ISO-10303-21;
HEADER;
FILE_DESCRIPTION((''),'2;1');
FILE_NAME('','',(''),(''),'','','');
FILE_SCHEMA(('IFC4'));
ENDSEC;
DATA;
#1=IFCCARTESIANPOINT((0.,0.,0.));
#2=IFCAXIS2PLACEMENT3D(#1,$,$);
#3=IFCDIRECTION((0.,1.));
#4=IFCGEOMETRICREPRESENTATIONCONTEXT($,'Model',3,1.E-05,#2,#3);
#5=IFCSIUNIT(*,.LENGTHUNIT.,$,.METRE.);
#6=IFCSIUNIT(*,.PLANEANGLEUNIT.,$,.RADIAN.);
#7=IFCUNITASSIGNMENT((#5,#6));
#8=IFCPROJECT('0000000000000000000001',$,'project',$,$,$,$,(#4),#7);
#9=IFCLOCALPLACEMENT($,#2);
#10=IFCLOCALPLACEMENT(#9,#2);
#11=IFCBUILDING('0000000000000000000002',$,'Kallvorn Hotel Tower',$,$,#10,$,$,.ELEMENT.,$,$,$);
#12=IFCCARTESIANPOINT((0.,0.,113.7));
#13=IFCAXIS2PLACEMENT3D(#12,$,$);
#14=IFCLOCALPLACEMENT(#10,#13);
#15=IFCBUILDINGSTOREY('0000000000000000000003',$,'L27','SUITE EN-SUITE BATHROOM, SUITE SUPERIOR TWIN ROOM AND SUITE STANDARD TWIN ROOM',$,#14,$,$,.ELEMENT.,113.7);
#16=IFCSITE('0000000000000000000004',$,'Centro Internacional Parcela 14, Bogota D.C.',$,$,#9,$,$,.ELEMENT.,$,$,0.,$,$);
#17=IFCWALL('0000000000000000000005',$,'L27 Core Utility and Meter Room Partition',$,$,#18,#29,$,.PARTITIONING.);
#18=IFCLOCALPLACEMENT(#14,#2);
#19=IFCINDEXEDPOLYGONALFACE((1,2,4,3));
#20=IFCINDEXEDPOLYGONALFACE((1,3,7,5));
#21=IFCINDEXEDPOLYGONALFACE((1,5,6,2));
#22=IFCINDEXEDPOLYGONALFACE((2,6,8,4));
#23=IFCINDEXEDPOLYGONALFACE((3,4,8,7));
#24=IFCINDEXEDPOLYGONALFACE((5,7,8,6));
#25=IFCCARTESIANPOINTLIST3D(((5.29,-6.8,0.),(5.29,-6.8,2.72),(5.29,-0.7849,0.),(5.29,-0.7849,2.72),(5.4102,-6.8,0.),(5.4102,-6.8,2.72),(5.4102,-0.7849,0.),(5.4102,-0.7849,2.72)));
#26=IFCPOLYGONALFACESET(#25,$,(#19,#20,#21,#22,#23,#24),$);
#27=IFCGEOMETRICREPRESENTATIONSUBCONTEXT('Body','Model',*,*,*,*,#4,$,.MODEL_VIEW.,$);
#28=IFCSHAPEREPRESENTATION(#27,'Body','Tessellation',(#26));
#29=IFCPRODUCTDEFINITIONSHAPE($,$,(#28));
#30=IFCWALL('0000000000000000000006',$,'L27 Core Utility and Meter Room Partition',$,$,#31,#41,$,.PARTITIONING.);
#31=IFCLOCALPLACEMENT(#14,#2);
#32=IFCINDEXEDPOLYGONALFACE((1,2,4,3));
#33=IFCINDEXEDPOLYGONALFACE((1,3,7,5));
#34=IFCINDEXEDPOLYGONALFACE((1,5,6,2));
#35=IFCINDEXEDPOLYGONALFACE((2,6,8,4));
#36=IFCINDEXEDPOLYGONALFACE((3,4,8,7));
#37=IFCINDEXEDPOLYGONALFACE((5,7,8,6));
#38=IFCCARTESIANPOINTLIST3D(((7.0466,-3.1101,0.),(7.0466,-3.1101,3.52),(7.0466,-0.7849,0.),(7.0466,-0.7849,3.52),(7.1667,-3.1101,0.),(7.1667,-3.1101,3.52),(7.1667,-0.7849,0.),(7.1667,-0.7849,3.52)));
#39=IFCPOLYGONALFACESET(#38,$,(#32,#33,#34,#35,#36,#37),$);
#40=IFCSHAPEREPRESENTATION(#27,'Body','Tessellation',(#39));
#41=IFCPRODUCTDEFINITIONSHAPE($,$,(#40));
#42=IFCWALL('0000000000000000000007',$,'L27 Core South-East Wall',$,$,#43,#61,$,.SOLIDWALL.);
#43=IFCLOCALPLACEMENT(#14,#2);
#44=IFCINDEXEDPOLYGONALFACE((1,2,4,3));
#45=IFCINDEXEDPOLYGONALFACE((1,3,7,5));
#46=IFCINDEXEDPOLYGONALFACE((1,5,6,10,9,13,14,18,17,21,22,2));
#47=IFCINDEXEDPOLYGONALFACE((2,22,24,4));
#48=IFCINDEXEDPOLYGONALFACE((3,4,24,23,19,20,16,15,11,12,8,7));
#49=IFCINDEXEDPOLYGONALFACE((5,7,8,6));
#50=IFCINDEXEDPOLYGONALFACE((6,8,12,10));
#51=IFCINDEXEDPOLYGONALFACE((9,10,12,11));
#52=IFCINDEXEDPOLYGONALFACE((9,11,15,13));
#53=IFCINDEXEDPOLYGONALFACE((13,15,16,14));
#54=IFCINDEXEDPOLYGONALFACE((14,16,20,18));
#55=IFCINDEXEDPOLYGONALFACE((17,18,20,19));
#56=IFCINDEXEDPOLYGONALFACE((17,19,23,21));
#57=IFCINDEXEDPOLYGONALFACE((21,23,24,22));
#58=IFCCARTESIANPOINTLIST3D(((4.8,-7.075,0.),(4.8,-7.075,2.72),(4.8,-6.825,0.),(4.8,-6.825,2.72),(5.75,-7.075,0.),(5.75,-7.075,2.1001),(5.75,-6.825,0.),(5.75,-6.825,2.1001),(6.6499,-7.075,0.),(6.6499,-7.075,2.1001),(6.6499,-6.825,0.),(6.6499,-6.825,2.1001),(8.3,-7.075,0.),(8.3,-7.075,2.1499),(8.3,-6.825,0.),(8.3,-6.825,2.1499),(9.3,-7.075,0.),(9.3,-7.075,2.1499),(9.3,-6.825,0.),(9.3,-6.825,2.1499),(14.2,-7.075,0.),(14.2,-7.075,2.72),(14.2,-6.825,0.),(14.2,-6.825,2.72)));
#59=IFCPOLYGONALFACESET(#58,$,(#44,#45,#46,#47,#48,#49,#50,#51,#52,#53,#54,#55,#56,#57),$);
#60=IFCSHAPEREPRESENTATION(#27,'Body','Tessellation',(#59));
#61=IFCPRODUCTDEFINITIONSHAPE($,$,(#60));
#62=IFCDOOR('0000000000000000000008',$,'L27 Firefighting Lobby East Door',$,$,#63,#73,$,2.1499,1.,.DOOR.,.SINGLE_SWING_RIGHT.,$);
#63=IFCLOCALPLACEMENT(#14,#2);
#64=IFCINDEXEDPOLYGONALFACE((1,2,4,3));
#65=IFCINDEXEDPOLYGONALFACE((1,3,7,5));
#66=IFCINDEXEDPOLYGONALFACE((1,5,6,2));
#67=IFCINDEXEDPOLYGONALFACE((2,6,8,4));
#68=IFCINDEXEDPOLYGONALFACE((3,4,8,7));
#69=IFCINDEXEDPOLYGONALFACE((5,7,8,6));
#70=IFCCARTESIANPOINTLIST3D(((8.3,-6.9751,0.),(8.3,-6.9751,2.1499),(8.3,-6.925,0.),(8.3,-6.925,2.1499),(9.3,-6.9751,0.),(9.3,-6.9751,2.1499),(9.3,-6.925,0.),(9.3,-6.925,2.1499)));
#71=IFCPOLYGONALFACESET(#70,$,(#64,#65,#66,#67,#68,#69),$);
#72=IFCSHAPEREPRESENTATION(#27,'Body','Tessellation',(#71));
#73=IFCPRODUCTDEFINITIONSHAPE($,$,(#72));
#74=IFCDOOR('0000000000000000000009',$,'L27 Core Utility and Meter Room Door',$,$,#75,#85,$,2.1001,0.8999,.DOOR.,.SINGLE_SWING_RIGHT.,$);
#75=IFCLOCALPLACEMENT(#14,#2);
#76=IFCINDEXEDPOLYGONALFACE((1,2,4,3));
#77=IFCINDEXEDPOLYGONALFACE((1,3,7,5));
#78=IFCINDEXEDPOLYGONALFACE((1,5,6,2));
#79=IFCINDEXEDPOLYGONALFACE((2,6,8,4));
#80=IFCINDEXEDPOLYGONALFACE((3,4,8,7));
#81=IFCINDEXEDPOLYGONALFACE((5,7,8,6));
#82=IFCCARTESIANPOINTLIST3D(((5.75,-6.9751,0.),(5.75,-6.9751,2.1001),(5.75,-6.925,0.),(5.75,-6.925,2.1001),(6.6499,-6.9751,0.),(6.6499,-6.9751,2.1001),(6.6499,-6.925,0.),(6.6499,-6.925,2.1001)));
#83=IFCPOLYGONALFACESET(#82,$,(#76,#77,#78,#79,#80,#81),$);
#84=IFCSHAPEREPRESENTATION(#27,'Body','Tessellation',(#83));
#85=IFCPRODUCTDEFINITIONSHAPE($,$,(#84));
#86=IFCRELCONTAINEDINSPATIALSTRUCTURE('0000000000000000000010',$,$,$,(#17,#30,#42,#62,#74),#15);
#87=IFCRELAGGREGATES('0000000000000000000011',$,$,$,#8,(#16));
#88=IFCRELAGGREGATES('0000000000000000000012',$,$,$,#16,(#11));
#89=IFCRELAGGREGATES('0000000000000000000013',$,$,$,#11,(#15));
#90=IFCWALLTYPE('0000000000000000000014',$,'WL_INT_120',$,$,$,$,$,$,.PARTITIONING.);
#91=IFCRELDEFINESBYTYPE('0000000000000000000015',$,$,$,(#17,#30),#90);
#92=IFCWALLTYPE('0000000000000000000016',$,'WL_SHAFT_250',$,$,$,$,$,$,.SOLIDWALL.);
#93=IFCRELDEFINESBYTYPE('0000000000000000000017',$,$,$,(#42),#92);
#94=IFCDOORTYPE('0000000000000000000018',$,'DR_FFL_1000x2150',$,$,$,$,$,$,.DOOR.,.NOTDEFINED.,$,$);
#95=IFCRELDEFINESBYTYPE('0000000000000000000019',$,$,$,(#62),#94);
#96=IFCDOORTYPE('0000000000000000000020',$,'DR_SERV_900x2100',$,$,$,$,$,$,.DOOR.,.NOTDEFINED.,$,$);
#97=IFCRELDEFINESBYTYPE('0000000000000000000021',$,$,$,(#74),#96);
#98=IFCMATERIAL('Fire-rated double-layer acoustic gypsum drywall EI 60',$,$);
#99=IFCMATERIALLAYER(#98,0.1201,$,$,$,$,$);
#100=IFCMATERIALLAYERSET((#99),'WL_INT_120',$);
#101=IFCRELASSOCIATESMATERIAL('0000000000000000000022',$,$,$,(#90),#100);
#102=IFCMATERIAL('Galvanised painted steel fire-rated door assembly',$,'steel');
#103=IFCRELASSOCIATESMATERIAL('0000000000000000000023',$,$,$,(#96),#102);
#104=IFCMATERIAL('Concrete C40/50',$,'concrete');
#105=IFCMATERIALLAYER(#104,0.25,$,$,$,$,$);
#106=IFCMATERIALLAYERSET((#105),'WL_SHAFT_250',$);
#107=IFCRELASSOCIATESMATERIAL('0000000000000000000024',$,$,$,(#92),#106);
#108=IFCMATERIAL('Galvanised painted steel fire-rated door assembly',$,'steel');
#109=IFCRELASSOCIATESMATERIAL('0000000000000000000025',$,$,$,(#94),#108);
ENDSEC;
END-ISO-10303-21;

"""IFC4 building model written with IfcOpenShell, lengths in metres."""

from ifc_helpers import new_model, si_unit, direction, frame, frame_2d, origin, place, context, subcontext, project, spatial, rectangle, extrude, material, layer, layer_set, type_object, element, fill, save


model = new_model("IFC4")

# Units and contexts
model_context = context("Model", 3, precision=1e-05, world=origin(), true_north=direction((0.0, 1.0)))
body_context = subcontext(model_context, "Body", "Model", "MODEL_VIEW")
ifc_project = project(units=[si_unit("LENGTHUNIT", "METRE"), si_unit("PLANEANGLEUNIT", "RADIAN")], contexts=[model_context])

# Site, building, storey
site_placement = place(None, origin())
site = spatial("IfcSite", under=ifc_project, at=site_placement, Name="Centro Internacional Parcela 14, Bogota D.C.", CompositionType="ELEMENT", RefElevation=0.0)
building_placement = place(site_placement, origin())
building = spatial("IfcBuilding", under=site, at=building_placement, Name="Kallvorn Hotel Tower", CompositionType="ELEMENT")
storey_placement = place(building_placement, frame((0.0, 0.0, 113.7)))
storey = spatial("IfcBuildingStorey", under=building, at=storey_placement, Name="L27", Description="SUITE EN-SUITE BATHROOM, SUITE SUPERIOR TWIN ROOM AND SUITE STANDARD TWIN ROOM", CompositionType="ELEMENT", Elevation=113.7)

# Shared definitions
ifc_material_1 = material(Name="Fire-rated double-layer acoustic gypsum drywall EI 60")
ifc_layer_1 = layer(ifc_material_1, 0.1201)
ifc_layer_set_1 = layer_set([ifc_layer_1], Name="WL_INT_120")
wall_type_1 = type_object("IfcWallType", Name="WL_INT_120", PredefinedType="PARTITIONING", material=ifc_layer_set_1)

# Shared definitions
ifc_material_2 = material(Name="Galvanised painted steel fire-rated door assembly", Category="steel")
door_type_1 = type_object("IfcDoorType", Name="DR_SERV_900x2100", OperationType="NOTDEFINED", PredefinedType="DOOR", material=ifc_material_2)

# Walls
wall_1_placement = place(storey_placement, frame((5.3501, -6.8, 0.0), z_axis=(0.0, 0.0, 1.0), x_axis=(0.0, 1.0, 0.0)))
element("IfcWall", 1, at=wall_1_placement, inside=storey, type_object=wall_type_1, Name="L27 Core Utility and Meter Room Partition", PredefinedType="PARTITIONING", context=body_context, shape_type="SweptSolid", body=[
    extrude(rectangle(XDim=6.0151, YDim=0.1201, at=frame_2d((3.0076, 0.0))), origin(), (0.0, 0.0, 1.0), 2.72),
])
wall_2_placement = place(storey_placement, frame((7.1067, -3.1101, 0.0), z_axis=(0.0, 0.0, 1.0), x_axis=(0.0, 1.0, 0.0)))
element("IfcWall", 2, at=wall_2_placement, inside=storey, type_object=wall_type_1, Name="L27 Core Utility and Meter Room Partition", PredefinedType="PARTITIONING", context=body_context, shape_type="SweptSolid", body=[
    extrude(rectangle(XDim=2.3252, YDim=0.1201, at=frame_2d((1.1626, 0.0))), origin(), (0.0, 0.0, 1.0), 3.52),
])

# Wall, openings, doors
ifc_material_3 = material(Name="Concrete C40/50", Category="concrete")
ifc_layer_2 = layer(ifc_material_3, 0.25)
ifc_layer_set_2 = layer_set([ifc_layer_2], Name="WL_SHAFT_250")
wall_type_2 = type_object("IfcWallType", Name="WL_SHAFT_250", PredefinedType="SOLIDWALL", material=ifc_layer_set_2)
wall_3_placement = place(storey_placement, frame((4.8, -6.95, 0.0), z_axis=(0.0, 0.0, 1.0), x_axis=(1.0, 0.0, 0.0)))
wall_3 = element("IfcWall", 3, at=wall_3_placement, inside=storey, type_object=wall_type_2, Name="L27 Core South-East Wall", PredefinedType="SOLIDWALL", context=body_context, shape_type="SweptSolid", body=[
    extrude(rectangle(XDim=9.3999, YDim=0.25, at=frame_2d((4.7, 0.0))), origin(), (0.0, 0.0, 1.0), 2.72),
])
opening_1_placement = place(wall_3_placement, frame((3.5, 0.0, 0.0)))
opening_1 = element("IfcOpeningElement", 4, at=opening_1_placement, cuts=wall_3, PredefinedType="OPENING", context=body_context, shape_type="SweptSolid", body=[
    extrude(rectangle(XDim=1.0, YDim=2.1499, at=frame_2d((0.5, 1.075))), frame((0.0, 0.1399, 0.0), z_axis=(0.0, -1.0, 0.0), x_axis=(1.0, 0.0, 0.0)), (0.0, 0.0, 1.0), 0.28),
])
opening_2_placement = place(wall_3_placement, frame((0.95, 0.0, 0.0)))
opening_2 = element("IfcOpeningElement", 5, at=opening_2_placement, cuts=wall_3, PredefinedType="OPENING", context=body_context, shape_type="SweptSolid", body=[
    extrude(rectangle(XDim=0.8999, YDim=2.1001, at=frame_2d((0.45, 1.05))), frame((0.0, 0.1399, 0.0), z_axis=(0.0, -1.0, 0.0), x_axis=(1.0, 0.0, 0.0)), (0.0, 0.0, 1.0), 0.28),
])
ifc_material_4 = material(Name="Galvanised painted steel fire-rated door assembly", Category="steel")
door_type_2 = type_object("IfcDoorType", Name="DR_FFL_1000x2150", OperationType="NOTDEFINED", PredefinedType="DOOR", material=ifc_material_4)
door_1_placement = place(opening_1_placement, origin())
door_1 = element("IfcDoor", 6, at=door_1_placement, inside=storey, type_object=door_type_2, Name="L27 Firefighting Lobby East Door", OperationType="SINGLE_SWING_RIGHT", OverallHeight=2.1499, OverallWidth=1.0, PredefinedType="DOOR", context=body_context, shape_type="SweptSolid", body=[
    extrude(rectangle(XDim=1.0, YDim=2.1499, at=frame_2d((0.5, 1.075))), frame((0.0, 0.0249, 0.0), z_axis=(0.0, -1.0, 0.0), x_axis=(1.0, 0.0, 0.0)), (0.0, 0.0, 1.0), 0.05),
])
fill(opening_1, door_1)
door_2_placement = place(opening_2_placement, origin())
door_2 = element("IfcDoor", 7, at=door_2_placement, inside=storey, type_object=door_type_1, Name="L27 Core Utility and Meter Room Door", OperationType="SINGLE_SWING_RIGHT", OverallHeight=2.1001, OverallWidth=0.8999, PredefinedType="DOOR", context=body_context, shape_type="SweptSolid", body=[
    extrude(rectangle(XDim=0.8999, YDim=2.1001, at=frame_2d((0.45, 1.05))), frame((0.0, 0.0249, 0.0), z_axis=(0.0, -1.0, 0.0), x_axis=(1.0, 0.0, 0.0)), (0.0, 0.0, 1.0), 0.05),
])
fill(opening_2, door_2)

save(model, "model.ifc")
